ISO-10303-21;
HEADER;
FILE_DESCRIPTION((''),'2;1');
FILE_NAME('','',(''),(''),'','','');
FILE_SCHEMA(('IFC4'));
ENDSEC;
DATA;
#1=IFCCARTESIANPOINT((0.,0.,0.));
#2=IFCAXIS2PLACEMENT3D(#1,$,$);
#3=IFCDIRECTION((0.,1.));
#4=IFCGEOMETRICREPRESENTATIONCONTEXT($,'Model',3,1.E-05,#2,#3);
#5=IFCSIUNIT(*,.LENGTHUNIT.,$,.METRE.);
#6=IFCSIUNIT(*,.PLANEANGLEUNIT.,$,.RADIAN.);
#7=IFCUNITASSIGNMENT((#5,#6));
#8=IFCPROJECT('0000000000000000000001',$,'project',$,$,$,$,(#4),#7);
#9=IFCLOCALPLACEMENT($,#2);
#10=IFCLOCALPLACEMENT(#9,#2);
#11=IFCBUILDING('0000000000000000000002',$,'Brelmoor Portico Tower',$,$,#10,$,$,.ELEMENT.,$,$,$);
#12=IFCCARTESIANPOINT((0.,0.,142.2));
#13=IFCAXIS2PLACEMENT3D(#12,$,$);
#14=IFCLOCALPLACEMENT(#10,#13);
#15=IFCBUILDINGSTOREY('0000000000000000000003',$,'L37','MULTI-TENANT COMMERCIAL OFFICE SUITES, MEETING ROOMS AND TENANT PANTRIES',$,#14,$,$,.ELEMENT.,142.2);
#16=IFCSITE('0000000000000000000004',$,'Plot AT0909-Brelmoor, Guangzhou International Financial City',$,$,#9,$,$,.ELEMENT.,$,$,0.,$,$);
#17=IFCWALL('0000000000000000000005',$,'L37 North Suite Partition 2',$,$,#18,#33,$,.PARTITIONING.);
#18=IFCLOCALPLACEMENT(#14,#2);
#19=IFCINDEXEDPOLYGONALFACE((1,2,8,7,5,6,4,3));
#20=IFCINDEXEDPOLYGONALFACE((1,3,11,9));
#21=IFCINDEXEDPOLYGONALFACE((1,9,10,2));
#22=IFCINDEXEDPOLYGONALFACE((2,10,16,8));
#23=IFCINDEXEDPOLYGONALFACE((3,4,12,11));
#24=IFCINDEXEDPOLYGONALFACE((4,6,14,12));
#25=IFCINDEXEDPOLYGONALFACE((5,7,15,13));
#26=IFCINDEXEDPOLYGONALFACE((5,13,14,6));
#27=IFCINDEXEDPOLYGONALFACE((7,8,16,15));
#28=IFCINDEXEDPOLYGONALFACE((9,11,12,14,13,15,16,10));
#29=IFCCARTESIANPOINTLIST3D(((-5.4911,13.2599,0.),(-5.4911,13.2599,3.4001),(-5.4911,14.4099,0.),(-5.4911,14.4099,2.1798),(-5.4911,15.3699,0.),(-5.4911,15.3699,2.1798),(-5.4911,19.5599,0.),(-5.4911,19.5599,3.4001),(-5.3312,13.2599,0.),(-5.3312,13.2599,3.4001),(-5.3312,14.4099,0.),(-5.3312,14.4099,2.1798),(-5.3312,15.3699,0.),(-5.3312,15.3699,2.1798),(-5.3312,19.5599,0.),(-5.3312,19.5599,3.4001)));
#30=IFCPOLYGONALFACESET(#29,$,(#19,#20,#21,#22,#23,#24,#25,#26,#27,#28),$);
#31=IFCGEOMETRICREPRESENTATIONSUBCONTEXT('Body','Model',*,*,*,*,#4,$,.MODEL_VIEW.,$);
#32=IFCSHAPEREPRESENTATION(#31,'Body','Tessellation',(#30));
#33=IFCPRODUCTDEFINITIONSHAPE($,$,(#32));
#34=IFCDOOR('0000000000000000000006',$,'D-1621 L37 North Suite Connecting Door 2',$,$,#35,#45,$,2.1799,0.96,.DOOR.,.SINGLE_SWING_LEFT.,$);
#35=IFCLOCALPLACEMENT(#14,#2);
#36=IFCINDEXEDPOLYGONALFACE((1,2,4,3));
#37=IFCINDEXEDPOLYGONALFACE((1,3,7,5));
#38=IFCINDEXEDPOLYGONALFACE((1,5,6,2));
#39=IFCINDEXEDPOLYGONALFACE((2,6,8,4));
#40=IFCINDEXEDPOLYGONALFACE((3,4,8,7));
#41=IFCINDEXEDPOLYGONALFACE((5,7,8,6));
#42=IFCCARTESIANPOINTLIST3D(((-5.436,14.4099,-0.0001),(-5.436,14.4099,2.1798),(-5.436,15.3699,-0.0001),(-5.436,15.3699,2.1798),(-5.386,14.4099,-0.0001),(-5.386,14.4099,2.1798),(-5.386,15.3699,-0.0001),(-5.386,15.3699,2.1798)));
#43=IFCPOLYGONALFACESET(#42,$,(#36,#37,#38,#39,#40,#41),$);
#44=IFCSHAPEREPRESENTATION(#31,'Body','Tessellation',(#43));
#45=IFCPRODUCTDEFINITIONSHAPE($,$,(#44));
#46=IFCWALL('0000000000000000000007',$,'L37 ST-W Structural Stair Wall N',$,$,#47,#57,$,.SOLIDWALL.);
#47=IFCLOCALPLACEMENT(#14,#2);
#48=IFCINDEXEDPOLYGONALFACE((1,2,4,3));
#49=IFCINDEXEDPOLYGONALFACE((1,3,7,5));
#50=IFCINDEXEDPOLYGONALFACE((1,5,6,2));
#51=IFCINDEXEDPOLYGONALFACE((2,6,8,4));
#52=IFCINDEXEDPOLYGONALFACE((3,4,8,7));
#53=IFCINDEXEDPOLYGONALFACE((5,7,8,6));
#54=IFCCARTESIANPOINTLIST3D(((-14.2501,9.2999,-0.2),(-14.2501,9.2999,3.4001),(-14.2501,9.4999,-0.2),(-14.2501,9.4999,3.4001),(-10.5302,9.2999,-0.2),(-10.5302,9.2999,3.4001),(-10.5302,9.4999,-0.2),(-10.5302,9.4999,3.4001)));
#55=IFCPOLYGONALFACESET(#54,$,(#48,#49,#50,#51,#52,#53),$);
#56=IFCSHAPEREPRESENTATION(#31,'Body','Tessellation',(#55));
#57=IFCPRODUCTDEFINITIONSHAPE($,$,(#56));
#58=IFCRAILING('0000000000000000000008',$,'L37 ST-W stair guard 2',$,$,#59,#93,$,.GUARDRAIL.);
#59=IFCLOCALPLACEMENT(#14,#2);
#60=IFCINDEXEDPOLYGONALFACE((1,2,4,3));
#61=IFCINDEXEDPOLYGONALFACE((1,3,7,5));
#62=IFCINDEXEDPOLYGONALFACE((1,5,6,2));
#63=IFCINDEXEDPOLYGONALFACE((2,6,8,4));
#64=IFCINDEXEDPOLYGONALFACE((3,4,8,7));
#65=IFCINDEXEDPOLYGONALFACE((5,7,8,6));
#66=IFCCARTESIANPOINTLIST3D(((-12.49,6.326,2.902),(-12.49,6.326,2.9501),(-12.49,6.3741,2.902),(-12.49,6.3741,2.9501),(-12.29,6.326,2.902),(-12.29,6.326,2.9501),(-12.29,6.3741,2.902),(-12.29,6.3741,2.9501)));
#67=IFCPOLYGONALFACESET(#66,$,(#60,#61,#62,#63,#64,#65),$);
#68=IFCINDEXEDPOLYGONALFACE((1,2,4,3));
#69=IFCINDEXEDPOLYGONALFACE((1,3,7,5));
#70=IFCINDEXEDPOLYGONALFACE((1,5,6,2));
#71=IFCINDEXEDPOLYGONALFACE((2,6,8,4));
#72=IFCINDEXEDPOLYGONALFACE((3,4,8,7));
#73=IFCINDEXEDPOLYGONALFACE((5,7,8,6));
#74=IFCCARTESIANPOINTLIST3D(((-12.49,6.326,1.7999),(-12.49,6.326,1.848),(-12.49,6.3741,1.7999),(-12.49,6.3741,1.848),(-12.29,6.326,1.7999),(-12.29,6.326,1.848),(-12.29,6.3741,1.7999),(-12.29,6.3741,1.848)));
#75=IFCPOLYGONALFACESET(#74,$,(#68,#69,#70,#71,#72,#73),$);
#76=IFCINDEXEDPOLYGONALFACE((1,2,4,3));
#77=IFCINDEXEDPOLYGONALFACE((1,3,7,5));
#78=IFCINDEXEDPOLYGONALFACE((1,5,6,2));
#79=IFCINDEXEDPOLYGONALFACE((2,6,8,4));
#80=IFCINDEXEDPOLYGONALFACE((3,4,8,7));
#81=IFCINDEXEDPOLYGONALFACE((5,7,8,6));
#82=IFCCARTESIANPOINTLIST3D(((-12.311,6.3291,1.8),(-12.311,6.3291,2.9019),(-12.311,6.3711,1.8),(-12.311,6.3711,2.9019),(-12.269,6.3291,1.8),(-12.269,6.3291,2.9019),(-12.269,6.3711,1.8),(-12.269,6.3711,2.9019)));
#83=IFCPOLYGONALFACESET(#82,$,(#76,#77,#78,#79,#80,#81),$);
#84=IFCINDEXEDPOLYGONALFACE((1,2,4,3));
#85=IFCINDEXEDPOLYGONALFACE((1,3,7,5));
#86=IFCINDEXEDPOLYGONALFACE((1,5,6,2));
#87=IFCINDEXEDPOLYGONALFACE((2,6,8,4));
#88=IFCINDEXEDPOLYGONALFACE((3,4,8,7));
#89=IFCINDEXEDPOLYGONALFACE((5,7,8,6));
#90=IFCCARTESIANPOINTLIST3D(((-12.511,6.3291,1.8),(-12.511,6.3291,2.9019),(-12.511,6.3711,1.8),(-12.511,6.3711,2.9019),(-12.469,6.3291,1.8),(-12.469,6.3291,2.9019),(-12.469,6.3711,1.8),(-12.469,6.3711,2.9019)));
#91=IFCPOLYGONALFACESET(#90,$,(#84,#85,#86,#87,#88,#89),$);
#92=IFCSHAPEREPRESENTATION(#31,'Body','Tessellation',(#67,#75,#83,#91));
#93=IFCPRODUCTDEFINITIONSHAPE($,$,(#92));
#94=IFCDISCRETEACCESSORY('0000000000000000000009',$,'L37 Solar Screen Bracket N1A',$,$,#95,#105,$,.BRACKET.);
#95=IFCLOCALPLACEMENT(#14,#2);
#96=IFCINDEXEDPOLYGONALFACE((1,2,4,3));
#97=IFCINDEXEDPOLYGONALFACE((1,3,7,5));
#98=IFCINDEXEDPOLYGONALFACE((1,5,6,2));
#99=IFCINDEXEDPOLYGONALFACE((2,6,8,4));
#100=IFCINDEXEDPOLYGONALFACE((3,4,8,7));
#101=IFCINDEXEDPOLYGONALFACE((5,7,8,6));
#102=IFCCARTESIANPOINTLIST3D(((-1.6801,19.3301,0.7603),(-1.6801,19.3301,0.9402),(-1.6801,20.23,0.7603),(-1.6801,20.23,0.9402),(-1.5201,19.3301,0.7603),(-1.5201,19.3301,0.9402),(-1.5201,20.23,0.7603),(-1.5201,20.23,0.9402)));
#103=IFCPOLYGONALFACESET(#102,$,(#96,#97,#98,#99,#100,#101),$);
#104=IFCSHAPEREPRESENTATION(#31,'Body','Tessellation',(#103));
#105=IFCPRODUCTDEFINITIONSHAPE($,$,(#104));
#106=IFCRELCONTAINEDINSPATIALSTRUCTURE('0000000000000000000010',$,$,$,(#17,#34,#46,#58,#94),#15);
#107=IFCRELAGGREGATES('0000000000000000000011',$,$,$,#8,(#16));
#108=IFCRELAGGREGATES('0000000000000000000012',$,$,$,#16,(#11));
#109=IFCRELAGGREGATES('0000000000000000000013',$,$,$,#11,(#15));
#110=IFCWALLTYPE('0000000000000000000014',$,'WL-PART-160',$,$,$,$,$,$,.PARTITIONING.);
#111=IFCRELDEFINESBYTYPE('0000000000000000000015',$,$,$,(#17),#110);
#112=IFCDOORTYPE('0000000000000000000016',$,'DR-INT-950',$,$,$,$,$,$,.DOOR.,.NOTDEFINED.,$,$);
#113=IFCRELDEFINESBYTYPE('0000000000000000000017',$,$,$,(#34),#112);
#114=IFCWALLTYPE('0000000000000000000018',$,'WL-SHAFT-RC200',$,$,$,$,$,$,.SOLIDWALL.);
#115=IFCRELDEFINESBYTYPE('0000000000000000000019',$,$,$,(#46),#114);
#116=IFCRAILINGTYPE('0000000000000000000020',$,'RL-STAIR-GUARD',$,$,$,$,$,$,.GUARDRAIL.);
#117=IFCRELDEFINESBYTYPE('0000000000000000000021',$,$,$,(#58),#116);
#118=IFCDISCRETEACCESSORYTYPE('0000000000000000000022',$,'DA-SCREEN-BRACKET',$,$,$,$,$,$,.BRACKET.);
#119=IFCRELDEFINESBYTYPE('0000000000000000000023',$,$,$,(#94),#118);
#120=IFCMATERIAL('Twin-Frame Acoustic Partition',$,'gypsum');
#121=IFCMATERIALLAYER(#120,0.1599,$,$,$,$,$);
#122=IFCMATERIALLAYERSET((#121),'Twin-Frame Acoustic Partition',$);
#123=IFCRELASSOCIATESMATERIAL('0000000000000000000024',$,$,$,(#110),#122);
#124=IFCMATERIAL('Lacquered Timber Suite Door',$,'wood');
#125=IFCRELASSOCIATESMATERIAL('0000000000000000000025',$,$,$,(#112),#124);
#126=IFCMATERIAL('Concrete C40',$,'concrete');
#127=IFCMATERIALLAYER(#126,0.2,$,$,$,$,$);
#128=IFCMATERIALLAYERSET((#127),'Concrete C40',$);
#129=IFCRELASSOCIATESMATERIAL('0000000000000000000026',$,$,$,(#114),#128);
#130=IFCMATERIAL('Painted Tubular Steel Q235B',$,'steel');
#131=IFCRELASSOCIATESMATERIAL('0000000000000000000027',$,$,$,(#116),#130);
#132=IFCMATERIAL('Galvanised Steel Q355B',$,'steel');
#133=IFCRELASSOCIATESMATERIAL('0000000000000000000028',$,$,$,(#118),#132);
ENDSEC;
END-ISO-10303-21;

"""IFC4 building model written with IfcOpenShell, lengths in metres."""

from ifc_helpers import new_model, si_unit, direction, frame, frame_2d, origin, origin_2d, place, context, subcontext, project, spatial, rectangle, extrude, material, layer, layer_set, type_object, element, fill, save


model = new_model("IFC4")

# Units and contexts
model_context = context("Model", 3, precision=1e-05, world=origin(), true_north=direction((0.0, 1.0)))
body_context = subcontext(model_context, "Body", "Model", "MODEL_VIEW")
ifc_project = project(units=[si_unit("LENGTHUNIT", "METRE"), si_unit("PLANEANGLEUNIT", "RADIAN")], contexts=[model_context])

# Site, building, storey
site_placement = place(None, origin())
site = spatial("IfcSite", under=ifc_project, at=site_placement, Name="Plot AT0909-Brelmoor, Guangzhou International Financial City", CompositionType="ELEMENT", RefElevation=0.0)
building_placement = place(site_placement, origin())
building = spatial("IfcBuilding", under=site, at=building_placement, Name="Brelmoor Portico Tower", CompositionType="ELEMENT")
storey_placement = place(building_placement, frame((0.0, 0.0, 142.2)))
storey = spatial("IfcBuildingStorey", under=building, at=storey_placement, Name="L37", Description="MULTI-TENANT COMMERCIAL OFFICE SUITES, MEETING ROOMS AND TENANT PANTRIES", CompositionType="ELEMENT", Elevation=142.2)

# Shared definitions
ifc_material_1 = material(Name="Twin-Frame Acoustic Partition", Category="gypsum")
ifc_layer_1 = layer(ifc_material_1, 0.1599)
ifc_layer_set_1 = layer_set([ifc_layer_1], Name="Twin-Frame Acoustic Partition")
wall_type_1 = type_object("IfcWallType", Name="WL-PART-160", PredefinedType="PARTITIONING", material=ifc_layer_set_1)

# Wall, opening, door
ifc_material_2 = material(Name="Lacquered Timber Suite Door", Category="wood")
door_type_1 = type_object("IfcDoorType", Name="DR-INT-950", OperationType="NOTDEFINED", PredefinedType="DOOR", material=ifc_material_2)
wall_1_placement = place(storey_placement, frame((-5.4111, 13.26, 0.0), z_axis=(0.0, 0.0, 1.0), x_axis=(0.0, 1.0, 0.0)))
wall_1 = element("IfcWall", 1, at=wall_1_placement, inside=storey, type_object=wall_type_1, Name="L37 North Suite Partition 2", PredefinedType="PARTITIONING", context=body_context, shape_type="SweptSolid", body=[
    extrude(rectangle(XDim=6.3, YDim=0.1599, at=frame_2d((3.1499, 0.0))), origin(), (0.0, 0.0, 1.0), 3.4001),
])
opening_1_placement = place(wall_1_placement, frame((1.1499, 0.0, 0.0)))
opening_1 = element("IfcOpeningElement", 2, at=opening_1_placement, cuts=wall_1, PredefinedType="OPENING", context=body_context, shape_type="SweptSolid", body=[
    extrude(rectangle(XDim=0.96, YDim=2.1799, at=frame_2d((0.48, 1.0898))), frame((0.0, 0.0898, 0.0), z_axis=(0.0, -1.0, 0.0), x_axis=(1.0, 0.0, 0.0)), (0.0, 0.0, 1.0), 0.1799),
])
door_1_placement = place(opening_1_placement, origin())
door_1 = element("IfcDoor", 3, at=door_1_placement, inside=storey, type_object=door_type_1, Name="D-1621 L37 North Suite Connecting Door 2", OperationType="SINGLE_SWING_LEFT", OverallHeight=2.1799, OverallWidth=0.96, PredefinedType="DOOR", context=body_context, shape_type="SweptSolid", body=[
    extrude(rectangle(XDim=0.96, YDim=2.1799, at=frame_2d((0.48, 1.0898))), frame((0.0, 0.0249, 0.0), z_axis=(0.0, -1.0, 0.0), x_axis=(1.0, 0.0, 0.0)), (0.0, 0.0, 1.0), 0.05),
])
fill(opening_1, door_1)

# Wall
ifc_material_3 = material(Name="Concrete C40", Category="concrete")
ifc_layer_2 = layer(ifc_material_3, 0.2)
ifc_layer_set_2 = layer_set([ifc_layer_2], Name="Concrete C40")
wall_type_2 = type_object("IfcWallType", Name="WL-SHAFT-RC200", PredefinedType="SOLIDWALL", material=ifc_layer_set_2)
wall_2_placement = place(storey_placement, frame((-14.25, 9.3999, -0.2), z_axis=(0.0, 0.0, 1.0), x_axis=(1.0, 0.0, 0.0)))
element("IfcWall", 4, at=wall_2_placement, inside=storey, type_object=wall_type_2, Name="L37 ST-W Structural Stair Wall N", PredefinedType="SOLIDWALL", context=body_context, shape_type="SweptSolid", body=[
    extrude(rectangle(XDim=3.72, YDim=0.2, at=frame_2d((1.8599, 0.0))), origin(), (0.0, 0.0, 1.0), 3.6001),
])

# Railing
ifc_material_4 = material(Name="Painted Tubular Steel Q235B", Category="steel")
railing_type = type_object("IfcRailingType", Name="RL-STAIR-GUARD", PredefinedType="GUARDRAIL", material=ifc_material_4)
railing_placement = place(storey_placement, frame((-12.29, 6.3501, 1.8)))
element("IfcRailing", 5, at=railing_placement, inside=storey, type_object=railing_type, Name="L37 ST-W stair guard 2", PredefinedType="GUARDRAIL", context=body_context, shape_type="SweptSolid", body=[
    extrude(rectangle(XDim=0.0481, YDim=0.0481, at=origin_2d()), frame((0.0, 0.0, 1.126), z_axis=(-1.0, 0.0, 0.0), x_axis=(0.0, -1.0, 0.0)), (0.0, 0.0, 1.0), 0.2),
    extrude(rectangle(XDim=0.0481, YDim=0.0481, at=origin_2d()), frame((0.0, 0.0, 0.0239), z_axis=(-1.0, 0.0, 0.0), x_axis=(0.0, -1.0, 0.0)), (0.0, 0.0, 1.0), 0.2),
    extrude(rectangle(XDim=0.042, YDim=0.042, at=origin_2d()), origin(), (0.0, 0.0, 1.0), 1.1018),
    extrude(rectangle(XDim=0.042, YDim=0.042, at=origin_2d()), frame((-0.2, 0.0, 0.0)), (0.0, 0.0, 1.0), 1.1018),
])

# Discrete accessory
ifc_material_5 = material(Name="Galvanised Steel Q355B", Category="steel")
discrete_accessory_type = type_object("IfcDiscreteAccessoryType", Name="DA-SCREEN-BRACKET", PredefinedType="BRACKET", material=ifc_material_5)
discrete_accessory_placement = place(storey_placement, frame((-1.6001, 19.78, 0.7603), z_axis=(0.0, 0.0, 1.0), x_axis=(1.0, 0.0, 0.0)))
element("IfcDiscreteAccessory", 6, at=discrete_accessory_placement, inside=storey, type_object=discrete_accessory_type, Name="L37 Solar Screen Bracket N1A", PredefinedType="BRACKET", context=body_context, shape_type="SweptSolid", body=[
    extrude(rectangle(XDim=0.1599, YDim=0.8999, at=origin_2d()), origin(), (0.0, 0.0, 1.0), 0.1799),
])

save(model, "model.ifc")
